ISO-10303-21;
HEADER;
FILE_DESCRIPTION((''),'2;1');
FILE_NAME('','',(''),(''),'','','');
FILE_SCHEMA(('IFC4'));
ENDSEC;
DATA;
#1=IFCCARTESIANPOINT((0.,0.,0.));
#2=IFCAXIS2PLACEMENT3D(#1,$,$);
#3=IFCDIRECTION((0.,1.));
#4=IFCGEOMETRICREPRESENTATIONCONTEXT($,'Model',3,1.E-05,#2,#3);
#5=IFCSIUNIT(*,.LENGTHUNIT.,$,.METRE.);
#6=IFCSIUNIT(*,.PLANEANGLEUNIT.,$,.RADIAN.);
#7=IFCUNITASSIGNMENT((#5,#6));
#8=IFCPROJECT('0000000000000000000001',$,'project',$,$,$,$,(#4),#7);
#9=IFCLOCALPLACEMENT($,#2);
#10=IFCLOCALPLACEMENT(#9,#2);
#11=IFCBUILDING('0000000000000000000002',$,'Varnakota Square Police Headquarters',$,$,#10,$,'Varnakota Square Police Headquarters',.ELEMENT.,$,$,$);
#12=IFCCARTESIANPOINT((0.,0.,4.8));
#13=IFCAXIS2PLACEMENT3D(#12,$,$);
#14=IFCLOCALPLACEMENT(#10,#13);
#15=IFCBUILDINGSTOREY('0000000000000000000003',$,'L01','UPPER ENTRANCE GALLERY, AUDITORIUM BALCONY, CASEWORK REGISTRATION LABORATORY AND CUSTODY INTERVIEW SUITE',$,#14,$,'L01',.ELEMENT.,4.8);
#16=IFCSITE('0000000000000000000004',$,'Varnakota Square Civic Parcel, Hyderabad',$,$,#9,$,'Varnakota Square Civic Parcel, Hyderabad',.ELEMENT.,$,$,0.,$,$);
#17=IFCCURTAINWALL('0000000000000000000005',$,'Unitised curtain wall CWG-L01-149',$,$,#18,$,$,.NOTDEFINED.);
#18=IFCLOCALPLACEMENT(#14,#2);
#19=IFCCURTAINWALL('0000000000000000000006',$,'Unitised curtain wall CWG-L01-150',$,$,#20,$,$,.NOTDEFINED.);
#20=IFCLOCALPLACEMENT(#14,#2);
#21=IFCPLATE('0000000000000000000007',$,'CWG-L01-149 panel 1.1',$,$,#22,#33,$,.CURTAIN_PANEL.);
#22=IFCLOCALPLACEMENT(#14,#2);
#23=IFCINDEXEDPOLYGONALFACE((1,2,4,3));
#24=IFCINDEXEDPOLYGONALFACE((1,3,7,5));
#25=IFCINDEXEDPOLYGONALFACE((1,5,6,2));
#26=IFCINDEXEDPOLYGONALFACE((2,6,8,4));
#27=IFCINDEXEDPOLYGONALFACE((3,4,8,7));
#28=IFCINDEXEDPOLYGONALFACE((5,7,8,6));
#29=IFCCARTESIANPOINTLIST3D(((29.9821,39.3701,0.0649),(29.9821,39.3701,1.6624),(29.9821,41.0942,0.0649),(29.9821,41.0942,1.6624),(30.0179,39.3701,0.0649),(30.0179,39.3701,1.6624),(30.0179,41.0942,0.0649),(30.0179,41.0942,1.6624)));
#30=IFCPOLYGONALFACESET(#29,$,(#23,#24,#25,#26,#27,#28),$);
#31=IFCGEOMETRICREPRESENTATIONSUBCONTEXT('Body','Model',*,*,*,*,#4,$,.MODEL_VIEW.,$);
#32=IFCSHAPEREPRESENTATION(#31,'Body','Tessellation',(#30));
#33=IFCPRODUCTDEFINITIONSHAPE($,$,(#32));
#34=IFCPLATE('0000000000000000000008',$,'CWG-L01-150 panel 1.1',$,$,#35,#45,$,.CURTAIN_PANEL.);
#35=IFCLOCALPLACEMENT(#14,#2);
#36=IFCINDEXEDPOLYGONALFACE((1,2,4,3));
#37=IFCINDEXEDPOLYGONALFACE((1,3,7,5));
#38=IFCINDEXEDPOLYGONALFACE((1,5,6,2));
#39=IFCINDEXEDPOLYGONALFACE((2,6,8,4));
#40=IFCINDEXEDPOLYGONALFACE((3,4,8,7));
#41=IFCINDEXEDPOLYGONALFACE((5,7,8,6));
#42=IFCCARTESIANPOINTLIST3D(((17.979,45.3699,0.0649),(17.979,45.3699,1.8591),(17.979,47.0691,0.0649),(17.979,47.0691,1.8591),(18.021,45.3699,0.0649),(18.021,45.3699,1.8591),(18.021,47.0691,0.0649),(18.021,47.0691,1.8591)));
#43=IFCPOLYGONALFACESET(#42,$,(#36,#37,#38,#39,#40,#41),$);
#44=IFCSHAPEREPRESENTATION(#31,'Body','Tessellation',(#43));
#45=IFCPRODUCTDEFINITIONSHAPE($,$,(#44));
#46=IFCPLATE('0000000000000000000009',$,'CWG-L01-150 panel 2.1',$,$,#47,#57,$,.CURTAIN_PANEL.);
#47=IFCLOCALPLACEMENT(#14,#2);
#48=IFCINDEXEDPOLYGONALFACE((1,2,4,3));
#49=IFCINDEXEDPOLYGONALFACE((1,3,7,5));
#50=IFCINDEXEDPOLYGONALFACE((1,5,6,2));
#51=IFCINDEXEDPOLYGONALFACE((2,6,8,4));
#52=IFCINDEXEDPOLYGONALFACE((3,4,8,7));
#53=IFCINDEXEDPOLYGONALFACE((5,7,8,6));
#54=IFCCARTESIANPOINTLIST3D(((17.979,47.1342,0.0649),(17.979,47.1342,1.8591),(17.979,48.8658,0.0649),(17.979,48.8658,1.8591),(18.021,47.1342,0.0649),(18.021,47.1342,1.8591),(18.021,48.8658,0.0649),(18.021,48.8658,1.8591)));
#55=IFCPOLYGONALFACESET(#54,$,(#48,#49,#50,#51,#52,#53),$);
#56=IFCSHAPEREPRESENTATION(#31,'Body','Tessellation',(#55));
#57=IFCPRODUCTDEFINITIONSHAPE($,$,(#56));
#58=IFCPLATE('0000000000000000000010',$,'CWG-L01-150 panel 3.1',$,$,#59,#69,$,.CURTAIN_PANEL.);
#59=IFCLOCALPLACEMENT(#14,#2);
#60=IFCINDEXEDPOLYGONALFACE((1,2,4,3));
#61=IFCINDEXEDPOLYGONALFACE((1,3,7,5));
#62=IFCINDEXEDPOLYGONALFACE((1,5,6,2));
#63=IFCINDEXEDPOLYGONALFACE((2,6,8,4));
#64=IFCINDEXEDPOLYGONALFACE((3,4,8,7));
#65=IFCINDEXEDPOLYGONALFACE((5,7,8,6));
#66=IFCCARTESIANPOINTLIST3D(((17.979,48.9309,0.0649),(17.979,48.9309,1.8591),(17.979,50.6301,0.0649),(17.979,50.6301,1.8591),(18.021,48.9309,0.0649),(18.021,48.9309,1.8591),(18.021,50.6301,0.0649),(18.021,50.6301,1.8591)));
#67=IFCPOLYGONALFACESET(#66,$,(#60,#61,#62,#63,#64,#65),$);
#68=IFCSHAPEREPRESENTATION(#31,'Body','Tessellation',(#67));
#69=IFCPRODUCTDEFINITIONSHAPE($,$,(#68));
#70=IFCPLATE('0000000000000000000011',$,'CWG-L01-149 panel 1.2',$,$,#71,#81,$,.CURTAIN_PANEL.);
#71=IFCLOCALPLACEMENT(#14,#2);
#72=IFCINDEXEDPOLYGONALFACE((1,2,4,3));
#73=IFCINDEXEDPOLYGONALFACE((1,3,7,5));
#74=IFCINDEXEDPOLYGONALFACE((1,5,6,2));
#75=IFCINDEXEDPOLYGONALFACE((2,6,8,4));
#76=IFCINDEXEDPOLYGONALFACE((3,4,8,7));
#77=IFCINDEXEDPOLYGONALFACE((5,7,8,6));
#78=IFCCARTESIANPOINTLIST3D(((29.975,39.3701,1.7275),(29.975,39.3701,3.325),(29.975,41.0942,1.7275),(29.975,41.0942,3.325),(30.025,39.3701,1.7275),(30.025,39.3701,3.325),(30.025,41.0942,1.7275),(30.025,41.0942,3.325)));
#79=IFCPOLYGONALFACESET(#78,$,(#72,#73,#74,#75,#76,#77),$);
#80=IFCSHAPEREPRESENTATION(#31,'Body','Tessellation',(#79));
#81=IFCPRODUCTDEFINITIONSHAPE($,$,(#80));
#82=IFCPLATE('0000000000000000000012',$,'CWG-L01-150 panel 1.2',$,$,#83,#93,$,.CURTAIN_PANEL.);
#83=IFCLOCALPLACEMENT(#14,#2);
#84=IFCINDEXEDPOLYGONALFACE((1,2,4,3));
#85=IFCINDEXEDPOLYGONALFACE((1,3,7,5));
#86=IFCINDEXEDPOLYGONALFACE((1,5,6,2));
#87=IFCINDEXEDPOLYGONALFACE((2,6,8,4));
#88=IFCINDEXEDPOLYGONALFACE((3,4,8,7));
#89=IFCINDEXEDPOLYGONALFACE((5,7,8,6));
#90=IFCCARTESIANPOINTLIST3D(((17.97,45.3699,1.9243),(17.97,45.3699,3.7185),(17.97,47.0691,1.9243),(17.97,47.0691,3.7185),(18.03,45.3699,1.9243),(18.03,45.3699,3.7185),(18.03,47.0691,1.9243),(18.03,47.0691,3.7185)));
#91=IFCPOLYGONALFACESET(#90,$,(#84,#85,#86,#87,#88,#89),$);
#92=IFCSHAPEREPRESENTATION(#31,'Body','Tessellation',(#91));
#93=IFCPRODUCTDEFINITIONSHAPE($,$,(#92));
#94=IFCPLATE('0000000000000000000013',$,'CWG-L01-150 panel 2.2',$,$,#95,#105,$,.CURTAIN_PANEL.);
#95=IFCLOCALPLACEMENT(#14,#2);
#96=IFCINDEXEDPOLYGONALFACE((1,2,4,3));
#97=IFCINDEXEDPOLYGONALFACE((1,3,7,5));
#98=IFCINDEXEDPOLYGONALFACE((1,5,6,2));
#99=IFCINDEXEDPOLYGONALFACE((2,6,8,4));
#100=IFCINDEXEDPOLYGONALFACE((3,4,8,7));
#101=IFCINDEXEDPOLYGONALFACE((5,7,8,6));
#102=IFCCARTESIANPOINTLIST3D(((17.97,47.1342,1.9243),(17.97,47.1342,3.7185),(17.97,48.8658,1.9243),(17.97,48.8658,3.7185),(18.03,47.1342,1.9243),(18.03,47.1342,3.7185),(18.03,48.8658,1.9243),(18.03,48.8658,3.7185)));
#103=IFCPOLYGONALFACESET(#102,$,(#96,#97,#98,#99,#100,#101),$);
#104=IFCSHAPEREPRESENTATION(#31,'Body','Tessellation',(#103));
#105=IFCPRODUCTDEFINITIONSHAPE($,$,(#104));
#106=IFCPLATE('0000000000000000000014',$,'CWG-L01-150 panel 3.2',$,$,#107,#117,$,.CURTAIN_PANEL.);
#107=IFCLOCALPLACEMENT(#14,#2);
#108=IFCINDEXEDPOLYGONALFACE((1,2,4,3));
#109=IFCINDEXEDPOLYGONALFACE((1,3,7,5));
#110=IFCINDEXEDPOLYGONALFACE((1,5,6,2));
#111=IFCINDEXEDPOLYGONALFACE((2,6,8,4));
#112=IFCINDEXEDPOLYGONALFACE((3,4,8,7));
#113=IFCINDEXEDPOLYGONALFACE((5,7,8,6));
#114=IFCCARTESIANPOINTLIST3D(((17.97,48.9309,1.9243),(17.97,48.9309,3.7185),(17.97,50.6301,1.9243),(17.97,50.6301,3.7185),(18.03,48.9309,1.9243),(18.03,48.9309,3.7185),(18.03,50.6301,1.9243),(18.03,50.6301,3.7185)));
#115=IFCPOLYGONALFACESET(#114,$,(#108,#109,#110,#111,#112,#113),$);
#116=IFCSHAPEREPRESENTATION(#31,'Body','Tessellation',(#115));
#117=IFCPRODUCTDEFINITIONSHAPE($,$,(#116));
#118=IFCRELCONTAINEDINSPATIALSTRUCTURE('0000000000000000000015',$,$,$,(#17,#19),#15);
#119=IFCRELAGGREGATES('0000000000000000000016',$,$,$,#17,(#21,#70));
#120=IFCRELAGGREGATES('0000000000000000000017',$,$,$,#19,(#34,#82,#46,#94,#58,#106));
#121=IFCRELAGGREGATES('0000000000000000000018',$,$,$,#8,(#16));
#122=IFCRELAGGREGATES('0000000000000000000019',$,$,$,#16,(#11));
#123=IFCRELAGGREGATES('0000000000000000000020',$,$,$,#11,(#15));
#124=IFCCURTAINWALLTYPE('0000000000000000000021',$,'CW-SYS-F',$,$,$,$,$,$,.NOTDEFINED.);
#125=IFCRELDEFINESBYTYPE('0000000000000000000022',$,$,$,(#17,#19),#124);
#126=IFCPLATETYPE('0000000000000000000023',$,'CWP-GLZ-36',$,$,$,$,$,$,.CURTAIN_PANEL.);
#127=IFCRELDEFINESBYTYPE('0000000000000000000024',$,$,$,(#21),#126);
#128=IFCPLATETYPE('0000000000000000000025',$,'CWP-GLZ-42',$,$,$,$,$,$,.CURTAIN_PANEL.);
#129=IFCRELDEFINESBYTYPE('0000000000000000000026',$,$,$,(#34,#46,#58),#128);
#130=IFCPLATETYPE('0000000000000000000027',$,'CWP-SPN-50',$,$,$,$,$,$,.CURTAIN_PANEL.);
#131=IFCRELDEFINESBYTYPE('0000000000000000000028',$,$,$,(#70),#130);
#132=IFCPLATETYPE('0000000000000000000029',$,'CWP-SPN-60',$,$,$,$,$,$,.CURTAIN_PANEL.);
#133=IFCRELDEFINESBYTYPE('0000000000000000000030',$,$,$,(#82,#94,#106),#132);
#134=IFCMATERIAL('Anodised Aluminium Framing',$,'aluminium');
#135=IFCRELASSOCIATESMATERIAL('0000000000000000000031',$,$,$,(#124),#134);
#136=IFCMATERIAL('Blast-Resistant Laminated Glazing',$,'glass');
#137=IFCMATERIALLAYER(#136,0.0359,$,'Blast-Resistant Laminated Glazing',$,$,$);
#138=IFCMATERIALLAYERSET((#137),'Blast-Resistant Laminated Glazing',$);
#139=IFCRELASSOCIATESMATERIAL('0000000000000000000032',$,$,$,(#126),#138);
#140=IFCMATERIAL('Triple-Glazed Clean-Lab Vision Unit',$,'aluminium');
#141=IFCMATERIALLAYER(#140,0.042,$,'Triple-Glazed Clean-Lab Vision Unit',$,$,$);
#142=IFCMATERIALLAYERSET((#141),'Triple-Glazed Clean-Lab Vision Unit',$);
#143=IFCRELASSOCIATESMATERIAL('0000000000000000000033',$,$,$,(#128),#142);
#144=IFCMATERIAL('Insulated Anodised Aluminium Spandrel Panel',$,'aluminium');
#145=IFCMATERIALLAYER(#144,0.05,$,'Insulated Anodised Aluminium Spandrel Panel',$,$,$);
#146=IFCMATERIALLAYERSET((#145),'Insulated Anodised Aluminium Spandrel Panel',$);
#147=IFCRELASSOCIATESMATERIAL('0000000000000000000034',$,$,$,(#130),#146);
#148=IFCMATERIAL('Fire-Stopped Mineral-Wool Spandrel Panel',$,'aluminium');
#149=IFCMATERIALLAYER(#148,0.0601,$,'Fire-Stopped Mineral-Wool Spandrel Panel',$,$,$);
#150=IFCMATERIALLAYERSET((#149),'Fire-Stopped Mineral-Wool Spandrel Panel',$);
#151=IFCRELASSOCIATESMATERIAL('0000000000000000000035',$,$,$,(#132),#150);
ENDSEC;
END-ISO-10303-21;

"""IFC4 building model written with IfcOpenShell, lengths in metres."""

from ifc_helpers import new_model, si_unit, direction, frame, origin, origin_2d, place, context, subcontext, project, spatial, rectangle, extrude, material, layer, layer_set, type_object, element, aggregate, save


model = new_model("IFC4")

# Units and contexts
model_context = context("Model", 3, precision=1e-05, world=origin(), true_north=direction((0.0, 1.0)))
body_context = subcontext(model_context, "Body", "Model", "MODEL_VIEW")
ifc_project = project(units=[si_unit("LENGTHUNIT", "METRE"), si_unit("PLANEANGLEUNIT", "RADIAN")], contexts=[model_context])

# Site, building, storey
site_placement = place(None, origin())
site = spatial("IfcSite", under=ifc_project, at=site_placement, Name="Varnakota Square Civic Parcel, Hyderabad", LongName="Varnakota Square Civic Parcel, Hyderabad", CompositionType="ELEMENT", RefElevation=0.0)
building_placement = place(site_placement, origin())
building = spatial("IfcBuilding", under=site, at=building_placement, Name="Varnakota Square Police Headquarters", LongName="Varnakota Square Police Headquarters", CompositionType="ELEMENT")
storey_placement = place(building_placement, frame((0.0, 0.0, 4.8)))
storey = spatial("IfcBuildingStorey", under=building, at=storey_placement, Name="L01", Description="UPPER ENTRANCE GALLERY, AUDITORIUM BALCONY, CASEWORK REGISTRATION LABORATORY AND CUSTODY INTERVIEW SUITE", LongName="L01", CompositionType="ELEMENT", Elevation=4.8)

# Curtain wall
ifc_material_1 = material(Name="Anodised Aluminium Framing", Category="aluminium")
curtain_wall_type = type_object("IfcCurtainWallType", Name="CW-SYS-F", PredefinedType="NOTDEFINED", material=ifc_material_1)
curtain_wall_1_placement = place(storey_placement, origin())
curtain_wall_1 = element("IfcCurtainWall", 1, at=curtain_wall_1_placement, inside=storey, type_object=curtain_wall_type, Name="Unitised curtain wall CWG-L01-149", PredefinedType="NOTDEFINED")

# Curtain wall
curtain_wall_2_placement = place(storey_placement, origin())
curtain_wall_2 = element("IfcCurtainWall", 2, at=curtain_wall_2_placement, inside=storey, type_object=curtain_wall_type, Name="Unitised curtain wall CWG-L01-150", PredefinedType="NOTDEFINED")

# Plates
ifc_material_2 = material(Name="Blast-Resistant Laminated Glazing", Category="glass")
ifc_layer_1 = layer(ifc_material_2, 0.0359, Name="Blast-Resistant Laminated Glazing")
ifc_layer_set_1 = layer_set([ifc_layer_1], Name="Blast-Resistant Laminated Glazing")
plate_type_1 = type_object("IfcPlateType", Name="CWP-GLZ-36", PredefinedType="CURTAIN_PANEL", material=ifc_layer_set_1)
plate_1_placement = place(storey_placement, frame((30.0, 40.2322, 0.0649), z_axis=(0.0, 0.0, 1.0), x_axis=(0.0, 1.0, 0.0)))
plate_1 = element("IfcPlate", 3, at=plate_1_placement, type_object=plate_type_1, Name="CWG-L01-149 panel 1.1", PredefinedType="CURTAIN_PANEL", context=body_context, shape_type="SweptSolid", body=[
    extrude(rectangle(XDim=1.7241, YDim=0.0359, at=origin_2d()), origin(), (0.0, 0.0, 1.0), 1.5974),
])
ifc_material_3 = material(Name="Triple-Glazed Clean-Lab Vision Unit", Category="aluminium")
ifc_layer_2 = layer(ifc_material_3, 0.042, Name="Triple-Glazed Clean-Lab Vision Unit")
ifc_layer_set_2 = layer_set([ifc_layer_2], Name="Triple-Glazed Clean-Lab Vision Unit")
plate_type_2 = type_object("IfcPlateType", Name="CWP-GLZ-42", PredefinedType="CURTAIN_PANEL", material=ifc_layer_set_2)
plate_2_placement = place(storey_placement, frame((18.0, 46.2195, 0.0649), z_axis=(0.0, 0.0, 1.0), x_axis=(0.0, 1.0, 0.0)))
plate_2 = element("IfcPlate", 4, at=plate_2_placement, type_object=plate_type_2, Name="CWG-L01-150 panel 1.1", PredefinedType="CURTAIN_PANEL", context=body_context, shape_type="SweptSolid", body=[
    extrude(rectangle(XDim=1.6992, YDim=0.042, at=origin_2d()), origin(), (0.0, 0.0, 1.0), 1.7942),
])
plate_3_placement = place(storey_placement, frame((18.0, 48.0, 0.0649), z_axis=(0.0, 0.0, 1.0), x_axis=(0.0, 1.0, 0.0)))
plate_3 = element("IfcPlate", 5, at=plate_3_placement, type_object=plate_type_2, Name="CWG-L01-150 panel 2.1", PredefinedType="CURTAIN_PANEL", context=body_context, shape_type="SweptSolid", body=[
    extrude(rectangle(XDim=1.7317, YDim=0.042, at=origin_2d()), origin(), (0.0, 0.0, 1.0), 1.7942),
])
plate_4_placement = place(storey_placement, frame((18.0, 49.7805, 0.0649), z_axis=(0.0, 0.0, 1.0), x_axis=(0.0, 1.0, 0.0)))
plate_4 = element("IfcPlate", 6, at=plate_4_placement, type_object=plate_type_2, Name="CWG-L01-150 panel 3.1", PredefinedType="CURTAIN_PANEL", context=body_context, shape_type="SweptSolid", body=[
    extrude(rectangle(XDim=1.6992, YDim=0.042, at=origin_2d()), origin(), (0.0, 0.0, 1.0), 1.7942),
])
ifc_material_4 = material(Name="Insulated Anodised Aluminium Spandrel Panel", Category="aluminium")
ifc_layer_3 = layer(ifc_material_4, 0.05, Name="Insulated Anodised Aluminium Spandrel Panel")
ifc_layer_set_3 = layer_set([ifc_layer_3], Name="Insulated Anodised Aluminium Spandrel Panel")
plate_type_3 = type_object("IfcPlateType", Name="CWP-SPN-50", PredefinedType="CURTAIN_PANEL", material=ifc_layer_set_3)
plate_5_placement = place(storey_placement, frame((30.0, 40.2322, 1.7275), z_axis=(0.0, 0.0, 1.0), x_axis=(0.0, 1.0, 0.0)))
plate_5 = element("IfcPlate", 7, at=plate_5_placement, type_object=plate_type_3, Name="CWG-L01-149 panel 1.2", PredefinedType="CURTAIN_PANEL", context=body_context, shape_type="SweptSolid", body=[
    extrude(rectangle(XDim=1.7241, YDim=0.05, at=origin_2d()), origin(), (0.0, 0.0, 1.0), 1.5974),
])
aggregate(curtain_wall_1, [plate_1, plate_5])
ifc_material_5 = material(Name="Fire-Stopped Mineral-Wool Spandrel Panel", Category="aluminium")
ifc_layer_4 = layer(ifc_material_5, 0.0601, Name="Fire-Stopped Mineral-Wool Spandrel Panel")
ifc_layer_set_4 = layer_set([ifc_layer_4], Name="Fire-Stopped Mineral-Wool Spandrel Panel")
plate_type_4 = type_object("IfcPlateType", Name="CWP-SPN-60", PredefinedType="CURTAIN_PANEL", material=ifc_layer_set_4)
plate_6_placement = place(storey_placement, frame((18.0, 46.2195, 1.9243), z_axis=(0.0, 0.0, 1.0), x_axis=(0.0, 1.0, 0.0)))
plate_6 = element("IfcPlate", 8, at=plate_6_placement, type_object=plate_type_4, Name="CWG-L01-150 panel 1.2", PredefinedType="CURTAIN_PANEL", context=body_context, shape_type="SweptSolid", body=[
    extrude(rectangle(XDim=1.6992, YDim=0.0601, at=origin_2d()), origin(), (0.0, 0.0, 1.0), 1.7942),
])
plate_7_placement = place(storey_placement, frame((18.0, 48.0, 1.9243), z_axis=(0.0, 0.0, 1.0), x_axis=(0.0, 1.0, 0.0)))
plate_7 = element("IfcPlate", 9, at=plate_7_placement, type_object=plate_type_4, Name="CWG-L01-150 panel 2.2", PredefinedType="CURTAIN_PANEL", context=body_context, shape_type="SweptSolid", body=[
    extrude(rectangle(XDim=1.7317, YDim=0.0601, at=origin_2d()), origin(), (0.0, 0.0, 1.0), 1.7942),
])
plate_8_placement = place(storey_placement, frame((18.0, 49.7805, 1.9243), z_axis=(0.0, 0.0, 1.0), x_axis=(0.0, 1.0, 0.0)))
plate_8 = element("IfcPlate", 10, at=plate_8_placement, type_object=plate_type_4, Name="CWG-L01-150 panel 3.2", PredefinedType="CURTAIN_PANEL", context=body_context, shape_type="SweptSolid", body=[
    extrude(rectangle(XDim=1.6992, YDim=0.0601, at=origin_2d()), origin(), (0.0, 0.0, 1.0), 1.7942),
])
aggregate(curtain_wall_2, [plate_2, plate_6, plate_3, plate_7, plate_4, plate_8])

save(model, "model.ifc")
